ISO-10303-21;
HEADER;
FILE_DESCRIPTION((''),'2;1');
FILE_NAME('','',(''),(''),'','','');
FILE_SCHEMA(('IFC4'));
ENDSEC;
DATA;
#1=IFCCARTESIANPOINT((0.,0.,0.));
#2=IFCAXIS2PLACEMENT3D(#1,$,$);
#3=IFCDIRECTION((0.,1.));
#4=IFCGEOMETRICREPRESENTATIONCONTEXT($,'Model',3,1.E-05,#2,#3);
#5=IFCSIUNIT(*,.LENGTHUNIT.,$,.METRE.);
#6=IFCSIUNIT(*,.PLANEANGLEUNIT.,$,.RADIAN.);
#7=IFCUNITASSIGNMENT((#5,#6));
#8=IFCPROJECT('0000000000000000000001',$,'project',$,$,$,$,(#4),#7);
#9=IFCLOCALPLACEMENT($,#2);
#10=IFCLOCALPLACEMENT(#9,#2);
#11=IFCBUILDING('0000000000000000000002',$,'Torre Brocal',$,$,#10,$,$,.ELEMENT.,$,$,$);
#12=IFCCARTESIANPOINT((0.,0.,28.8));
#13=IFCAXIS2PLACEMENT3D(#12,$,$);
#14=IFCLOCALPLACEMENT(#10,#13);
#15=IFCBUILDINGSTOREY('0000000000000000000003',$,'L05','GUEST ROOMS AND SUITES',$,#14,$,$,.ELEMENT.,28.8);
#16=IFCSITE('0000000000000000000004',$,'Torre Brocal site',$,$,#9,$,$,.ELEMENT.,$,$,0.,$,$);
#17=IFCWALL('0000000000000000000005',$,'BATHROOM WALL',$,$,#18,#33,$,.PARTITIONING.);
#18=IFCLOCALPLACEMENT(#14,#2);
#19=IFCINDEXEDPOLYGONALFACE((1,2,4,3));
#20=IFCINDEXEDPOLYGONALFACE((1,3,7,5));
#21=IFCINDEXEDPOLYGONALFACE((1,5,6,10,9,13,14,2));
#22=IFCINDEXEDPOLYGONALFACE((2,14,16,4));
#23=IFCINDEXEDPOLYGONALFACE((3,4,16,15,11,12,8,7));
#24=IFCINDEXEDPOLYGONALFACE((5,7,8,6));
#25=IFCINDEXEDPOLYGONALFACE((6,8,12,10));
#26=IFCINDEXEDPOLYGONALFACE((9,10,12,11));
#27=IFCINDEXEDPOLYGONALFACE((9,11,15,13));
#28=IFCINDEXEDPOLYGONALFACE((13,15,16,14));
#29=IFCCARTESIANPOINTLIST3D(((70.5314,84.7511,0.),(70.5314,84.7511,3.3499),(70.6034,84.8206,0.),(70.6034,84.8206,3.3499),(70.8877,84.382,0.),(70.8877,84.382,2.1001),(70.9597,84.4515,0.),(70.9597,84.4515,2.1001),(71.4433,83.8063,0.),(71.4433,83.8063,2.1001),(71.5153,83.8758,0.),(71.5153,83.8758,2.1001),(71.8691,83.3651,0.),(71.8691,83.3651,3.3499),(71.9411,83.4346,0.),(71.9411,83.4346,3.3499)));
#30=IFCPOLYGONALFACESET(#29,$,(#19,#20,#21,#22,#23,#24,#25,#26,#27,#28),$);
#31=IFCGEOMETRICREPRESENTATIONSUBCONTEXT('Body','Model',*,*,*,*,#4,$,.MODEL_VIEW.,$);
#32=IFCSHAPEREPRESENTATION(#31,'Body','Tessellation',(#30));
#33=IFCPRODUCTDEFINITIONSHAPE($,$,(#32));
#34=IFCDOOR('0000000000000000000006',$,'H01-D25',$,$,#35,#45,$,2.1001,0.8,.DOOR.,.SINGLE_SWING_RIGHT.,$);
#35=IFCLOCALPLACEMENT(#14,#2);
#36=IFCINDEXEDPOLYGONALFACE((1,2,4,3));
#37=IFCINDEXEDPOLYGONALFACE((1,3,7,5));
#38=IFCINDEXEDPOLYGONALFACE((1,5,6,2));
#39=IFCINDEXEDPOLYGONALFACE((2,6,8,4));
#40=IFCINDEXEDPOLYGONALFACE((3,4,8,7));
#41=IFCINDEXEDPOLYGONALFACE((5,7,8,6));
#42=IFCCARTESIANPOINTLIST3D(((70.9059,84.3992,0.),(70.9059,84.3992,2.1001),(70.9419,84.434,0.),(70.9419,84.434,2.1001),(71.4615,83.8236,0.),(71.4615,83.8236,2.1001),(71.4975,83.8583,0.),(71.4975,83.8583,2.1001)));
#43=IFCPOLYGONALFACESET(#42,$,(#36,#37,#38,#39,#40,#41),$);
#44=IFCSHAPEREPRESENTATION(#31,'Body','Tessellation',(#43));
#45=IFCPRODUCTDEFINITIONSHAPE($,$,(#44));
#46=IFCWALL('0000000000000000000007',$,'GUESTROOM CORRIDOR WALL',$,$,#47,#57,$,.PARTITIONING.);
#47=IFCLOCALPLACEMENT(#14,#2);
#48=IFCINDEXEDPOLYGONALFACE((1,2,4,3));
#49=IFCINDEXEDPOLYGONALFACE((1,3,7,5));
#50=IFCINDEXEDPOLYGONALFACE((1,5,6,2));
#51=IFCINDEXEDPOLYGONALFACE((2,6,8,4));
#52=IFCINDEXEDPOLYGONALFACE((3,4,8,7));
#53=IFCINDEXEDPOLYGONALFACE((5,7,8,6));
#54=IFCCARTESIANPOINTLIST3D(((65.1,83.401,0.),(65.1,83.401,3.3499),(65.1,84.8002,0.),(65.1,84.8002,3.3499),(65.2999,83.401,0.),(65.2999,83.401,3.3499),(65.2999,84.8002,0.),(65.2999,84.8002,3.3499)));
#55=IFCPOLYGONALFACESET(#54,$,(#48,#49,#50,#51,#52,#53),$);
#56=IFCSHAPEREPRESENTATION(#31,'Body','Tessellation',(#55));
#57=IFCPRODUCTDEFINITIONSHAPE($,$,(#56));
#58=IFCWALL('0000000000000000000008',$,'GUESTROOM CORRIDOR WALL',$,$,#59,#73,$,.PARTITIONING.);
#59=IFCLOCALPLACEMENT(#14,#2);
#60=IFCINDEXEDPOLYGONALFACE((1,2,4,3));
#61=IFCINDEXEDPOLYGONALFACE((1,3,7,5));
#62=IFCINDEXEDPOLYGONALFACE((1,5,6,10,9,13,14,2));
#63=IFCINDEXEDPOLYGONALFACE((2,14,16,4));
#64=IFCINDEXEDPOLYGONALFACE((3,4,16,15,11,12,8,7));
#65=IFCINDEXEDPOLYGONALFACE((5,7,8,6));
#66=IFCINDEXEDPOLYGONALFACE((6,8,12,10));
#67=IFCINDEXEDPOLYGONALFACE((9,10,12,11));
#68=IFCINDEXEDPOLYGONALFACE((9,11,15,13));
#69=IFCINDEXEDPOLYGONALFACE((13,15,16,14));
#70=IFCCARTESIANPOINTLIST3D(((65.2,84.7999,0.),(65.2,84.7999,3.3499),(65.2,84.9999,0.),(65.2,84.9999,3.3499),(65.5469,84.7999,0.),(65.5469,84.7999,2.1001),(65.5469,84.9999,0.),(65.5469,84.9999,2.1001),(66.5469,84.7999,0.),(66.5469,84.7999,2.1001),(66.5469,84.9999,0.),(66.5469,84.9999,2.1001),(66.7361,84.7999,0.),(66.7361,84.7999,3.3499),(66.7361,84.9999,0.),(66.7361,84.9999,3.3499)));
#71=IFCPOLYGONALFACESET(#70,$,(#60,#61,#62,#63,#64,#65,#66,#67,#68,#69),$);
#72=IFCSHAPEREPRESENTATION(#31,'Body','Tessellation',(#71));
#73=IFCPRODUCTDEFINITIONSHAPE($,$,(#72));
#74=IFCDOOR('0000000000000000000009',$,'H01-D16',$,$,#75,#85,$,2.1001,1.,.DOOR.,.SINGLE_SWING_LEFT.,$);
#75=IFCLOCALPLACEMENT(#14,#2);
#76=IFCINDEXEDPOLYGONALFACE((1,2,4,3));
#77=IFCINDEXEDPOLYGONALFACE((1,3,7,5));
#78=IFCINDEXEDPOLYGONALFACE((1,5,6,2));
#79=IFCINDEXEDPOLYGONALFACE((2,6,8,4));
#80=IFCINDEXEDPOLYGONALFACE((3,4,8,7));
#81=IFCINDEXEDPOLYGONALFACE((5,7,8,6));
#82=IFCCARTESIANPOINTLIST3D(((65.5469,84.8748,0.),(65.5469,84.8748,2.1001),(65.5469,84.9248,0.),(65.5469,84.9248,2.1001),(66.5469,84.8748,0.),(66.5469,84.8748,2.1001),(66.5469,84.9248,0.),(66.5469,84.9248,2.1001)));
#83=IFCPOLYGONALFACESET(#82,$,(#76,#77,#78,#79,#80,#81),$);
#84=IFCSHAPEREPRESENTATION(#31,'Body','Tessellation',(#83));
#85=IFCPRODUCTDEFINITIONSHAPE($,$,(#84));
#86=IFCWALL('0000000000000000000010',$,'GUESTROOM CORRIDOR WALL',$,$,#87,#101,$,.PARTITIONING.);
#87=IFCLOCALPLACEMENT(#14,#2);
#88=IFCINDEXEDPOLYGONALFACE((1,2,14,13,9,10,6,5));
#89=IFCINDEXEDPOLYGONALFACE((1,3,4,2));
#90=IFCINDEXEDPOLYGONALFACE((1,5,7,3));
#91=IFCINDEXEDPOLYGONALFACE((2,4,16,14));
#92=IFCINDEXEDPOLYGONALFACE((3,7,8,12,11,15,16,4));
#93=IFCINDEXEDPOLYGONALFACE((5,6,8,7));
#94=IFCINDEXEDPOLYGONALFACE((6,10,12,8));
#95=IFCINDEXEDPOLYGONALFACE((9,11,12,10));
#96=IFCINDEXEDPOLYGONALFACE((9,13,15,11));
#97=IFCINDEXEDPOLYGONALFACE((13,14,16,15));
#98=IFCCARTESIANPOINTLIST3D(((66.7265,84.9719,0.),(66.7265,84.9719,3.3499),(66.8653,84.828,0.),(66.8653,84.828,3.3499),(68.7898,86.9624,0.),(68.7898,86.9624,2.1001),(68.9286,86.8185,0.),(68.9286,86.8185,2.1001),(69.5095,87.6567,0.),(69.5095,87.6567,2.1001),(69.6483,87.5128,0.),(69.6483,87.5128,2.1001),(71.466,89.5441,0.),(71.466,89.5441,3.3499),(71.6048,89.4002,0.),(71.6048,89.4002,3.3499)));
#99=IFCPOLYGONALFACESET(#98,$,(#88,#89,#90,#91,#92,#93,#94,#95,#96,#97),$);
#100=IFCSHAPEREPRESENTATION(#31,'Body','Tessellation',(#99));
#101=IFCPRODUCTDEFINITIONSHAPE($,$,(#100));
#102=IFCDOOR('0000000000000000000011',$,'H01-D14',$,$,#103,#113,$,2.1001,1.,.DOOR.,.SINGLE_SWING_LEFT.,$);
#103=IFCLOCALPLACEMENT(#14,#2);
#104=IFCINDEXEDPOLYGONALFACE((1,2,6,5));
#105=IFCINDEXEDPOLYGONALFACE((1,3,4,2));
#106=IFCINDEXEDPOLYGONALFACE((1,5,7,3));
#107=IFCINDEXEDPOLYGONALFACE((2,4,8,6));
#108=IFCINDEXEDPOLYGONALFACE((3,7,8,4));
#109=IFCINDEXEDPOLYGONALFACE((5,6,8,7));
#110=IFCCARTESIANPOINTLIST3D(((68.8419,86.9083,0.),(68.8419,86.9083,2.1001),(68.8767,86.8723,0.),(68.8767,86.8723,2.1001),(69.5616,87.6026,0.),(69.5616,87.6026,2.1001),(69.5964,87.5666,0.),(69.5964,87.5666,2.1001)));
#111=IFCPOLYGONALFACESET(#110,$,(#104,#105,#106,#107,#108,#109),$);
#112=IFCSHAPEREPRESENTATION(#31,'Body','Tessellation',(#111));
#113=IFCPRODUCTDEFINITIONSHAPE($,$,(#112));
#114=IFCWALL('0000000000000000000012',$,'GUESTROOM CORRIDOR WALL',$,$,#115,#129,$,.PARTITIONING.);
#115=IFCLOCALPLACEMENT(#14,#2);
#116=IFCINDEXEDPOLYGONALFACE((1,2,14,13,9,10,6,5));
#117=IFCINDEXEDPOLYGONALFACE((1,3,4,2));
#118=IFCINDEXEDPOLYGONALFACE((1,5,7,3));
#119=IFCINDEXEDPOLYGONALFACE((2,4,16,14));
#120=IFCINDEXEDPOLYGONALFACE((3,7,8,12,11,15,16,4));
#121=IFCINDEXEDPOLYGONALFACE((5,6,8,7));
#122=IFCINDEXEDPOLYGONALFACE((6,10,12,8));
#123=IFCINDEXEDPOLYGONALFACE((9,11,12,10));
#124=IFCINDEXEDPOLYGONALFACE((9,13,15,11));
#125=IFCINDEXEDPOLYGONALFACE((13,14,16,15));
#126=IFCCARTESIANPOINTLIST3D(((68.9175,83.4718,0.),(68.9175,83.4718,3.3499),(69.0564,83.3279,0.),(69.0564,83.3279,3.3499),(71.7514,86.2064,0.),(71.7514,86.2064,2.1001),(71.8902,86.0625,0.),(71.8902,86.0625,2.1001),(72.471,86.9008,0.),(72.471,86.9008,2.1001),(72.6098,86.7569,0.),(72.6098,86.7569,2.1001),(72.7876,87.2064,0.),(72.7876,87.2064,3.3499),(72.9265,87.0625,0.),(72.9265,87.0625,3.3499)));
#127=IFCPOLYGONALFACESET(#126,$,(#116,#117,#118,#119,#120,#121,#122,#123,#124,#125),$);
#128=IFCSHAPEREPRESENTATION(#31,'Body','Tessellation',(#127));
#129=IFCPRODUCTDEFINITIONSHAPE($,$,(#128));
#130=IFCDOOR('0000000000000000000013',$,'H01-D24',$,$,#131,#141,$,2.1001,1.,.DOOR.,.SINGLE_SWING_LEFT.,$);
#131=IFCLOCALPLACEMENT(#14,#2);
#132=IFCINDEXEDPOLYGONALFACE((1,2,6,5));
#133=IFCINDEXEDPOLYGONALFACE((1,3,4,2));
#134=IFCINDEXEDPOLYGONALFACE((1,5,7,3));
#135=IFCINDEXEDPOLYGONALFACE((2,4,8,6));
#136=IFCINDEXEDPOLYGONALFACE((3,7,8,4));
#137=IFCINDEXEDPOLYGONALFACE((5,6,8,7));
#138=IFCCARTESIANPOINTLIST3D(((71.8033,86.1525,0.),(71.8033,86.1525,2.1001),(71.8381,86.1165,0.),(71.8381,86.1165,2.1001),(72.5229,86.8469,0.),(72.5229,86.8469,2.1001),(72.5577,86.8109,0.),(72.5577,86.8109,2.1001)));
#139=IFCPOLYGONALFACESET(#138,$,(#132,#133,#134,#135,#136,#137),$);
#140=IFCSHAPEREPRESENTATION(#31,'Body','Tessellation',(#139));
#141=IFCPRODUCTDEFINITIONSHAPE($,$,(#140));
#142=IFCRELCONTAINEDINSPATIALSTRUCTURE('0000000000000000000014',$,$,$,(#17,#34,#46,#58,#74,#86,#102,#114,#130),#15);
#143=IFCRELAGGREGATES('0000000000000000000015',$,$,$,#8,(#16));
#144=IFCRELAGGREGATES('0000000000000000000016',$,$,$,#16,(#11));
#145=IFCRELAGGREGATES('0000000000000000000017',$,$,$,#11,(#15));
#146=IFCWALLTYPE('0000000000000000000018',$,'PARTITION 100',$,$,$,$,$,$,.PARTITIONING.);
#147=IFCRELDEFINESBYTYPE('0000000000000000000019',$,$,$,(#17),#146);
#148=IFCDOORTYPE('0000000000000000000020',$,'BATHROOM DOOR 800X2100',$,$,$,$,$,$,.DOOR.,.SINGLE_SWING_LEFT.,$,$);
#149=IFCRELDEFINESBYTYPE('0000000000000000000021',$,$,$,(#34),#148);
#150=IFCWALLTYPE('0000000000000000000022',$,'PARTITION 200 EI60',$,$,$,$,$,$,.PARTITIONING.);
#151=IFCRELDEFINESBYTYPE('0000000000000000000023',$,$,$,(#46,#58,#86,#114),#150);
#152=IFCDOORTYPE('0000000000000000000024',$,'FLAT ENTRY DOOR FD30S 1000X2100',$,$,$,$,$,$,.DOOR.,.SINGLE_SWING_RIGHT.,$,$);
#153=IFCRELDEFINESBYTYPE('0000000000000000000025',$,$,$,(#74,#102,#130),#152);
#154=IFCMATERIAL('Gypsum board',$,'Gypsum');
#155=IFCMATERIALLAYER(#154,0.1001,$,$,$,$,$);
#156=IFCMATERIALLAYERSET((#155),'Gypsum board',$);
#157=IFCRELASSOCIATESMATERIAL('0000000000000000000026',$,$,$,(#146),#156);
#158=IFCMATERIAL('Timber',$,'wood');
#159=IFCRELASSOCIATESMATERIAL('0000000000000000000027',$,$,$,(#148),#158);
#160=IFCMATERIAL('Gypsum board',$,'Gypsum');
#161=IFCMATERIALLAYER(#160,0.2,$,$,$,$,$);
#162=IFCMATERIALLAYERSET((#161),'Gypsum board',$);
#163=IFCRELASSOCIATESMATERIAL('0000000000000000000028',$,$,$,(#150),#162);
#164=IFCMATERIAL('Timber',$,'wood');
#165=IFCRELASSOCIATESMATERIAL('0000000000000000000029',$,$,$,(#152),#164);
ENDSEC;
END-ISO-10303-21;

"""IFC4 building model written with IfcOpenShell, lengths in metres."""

from ifc_helpers import new_model, si_unit, direction, frame, frame_2d, origin, place, context, subcontext, project, spatial, rectangle, extrude, material, layer, layer_set, type_object, element, fill, save


model = new_model("IFC4")

# Units and contexts
model_context = context("Model", 3, precision=1e-05, world=origin(), true_north=direction((0.0, 1.0)))
body_context = subcontext(model_context, "Body", "Model", "MODEL_VIEW")
ifc_project = project(units=[si_unit("LENGTHUNIT", "METRE"), si_unit("PLANEANGLEUNIT", "RADIAN")], contexts=[model_context])

# Site, building, storey
site_placement = place(None, origin())
site = spatial("IfcSite", under=ifc_project, at=site_placement, Name="Torre Brocal site", CompositionType="ELEMENT", RefElevation=0.0)
building_placement = place(site_placement, origin())
building = spatial("IfcBuilding", under=site, at=building_placement, Name="Torre Brocal", CompositionType="ELEMENT")
storey_placement = place(building_placement, frame((0.0, 0.0, 28.8)))
storey = spatial("IfcBuildingStorey", under=building, at=storey_placement, Name="L05", Description="GUEST ROOMS AND SUITES", CompositionType="ELEMENT", Elevation=28.8)

# Wall, opening, door
ifc_material_1 = material(Name="Gypsum board", Category="Gypsum")
ifc_layer_1 = layer(ifc_material_1, 0.1001)
ifc_layer_set_1 = layer_set([ifc_layer_1], Name="Gypsum board")
wall_type_1 = type_object("IfcWallType", Name="PARTITION 100", PredefinedType="PARTITIONING", material=ifc_layer_set_1)
wall_1_placement = place(storey_placement, frame((70.5674, 84.7859, 0.0), z_axis=(0.0, 0.0, 1.0), x_axis=(0.694447, -0.719543, 0.0)))
wall_1 = element("IfcWall", 1, at=wall_1_placement, inside=storey, type_object=wall_type_1, Name="BATHROOM WALL", PredefinedType="PARTITIONING", context=body_context, shape_type="SweptSolid", body=[
    extrude(rectangle(XDim=1.9263, YDim=0.1001, at=frame_2d((0.9631, 0.0))), origin(), (0.0, 0.0, 1.0), 3.3499),
])
opening_1_placement = place(wall_1_placement, frame((0.5132, 0.0, 0.0)))
opening_1 = element("IfcOpeningElement", 2, at=opening_1_placement, cuts=wall_1, PredefinedType="OPENING", context=body_context, shape_type="SweptSolid", body=[
    extrude(rectangle(XDim=0.8, YDim=2.1001, at=frame_2d((0.3999, 1.05))), frame((0.0, 0.0601, 0.0), z_axis=(0.0, -1.0, 0.0), x_axis=(1.0, 0.0, 0.0)), (0.0, 0.0, 1.0), 0.1201),
])
ifc_material_2 = material(Name="Timber", Category="wood")
door_type_1 = type_object("IfcDoorType", Name="BATHROOM DOOR 800X2100", OperationType="SINGLE_SWING_LEFT", PredefinedType="DOOR", material=ifc_material_2)
door_1_placement = place(opening_1_placement, frame((0.8, 0.0, 0.0), z_axis=(0.0, 0.0, 1.0), x_axis=(-1.0, 0.0, 0.0)))
door_1 = element("IfcDoor", 3, at=door_1_placement, inside=storey, type_object=door_type_1, Name="H01-D25", OperationType="SINGLE_SWING_RIGHT", OverallHeight=2.1001, OverallWidth=0.8, PredefinedType="DOOR", context=body_context, shape_type="SweptSolid", body=[
    extrude(rectangle(XDim=0.8, YDim=2.1001, at=frame_2d((0.3999, 1.05))), frame((0.0, 0.0249, 0.0), z_axis=(0.0, -1.0, 0.0), x_axis=(1.0, 0.0, 0.0)), (0.0, 0.0, 1.0), 0.05),
])
fill(opening_1, door_1)

# Wall
ifc_material_3 = material(Name="Gypsum board", Category="Gypsum")
ifc_layer_2 = layer(ifc_material_3, 0.2)
ifc_layer_set_2 = layer_set([ifc_layer_2], Name="Gypsum board")
wall_type_2 = type_object("IfcWallType", Name="PARTITION 200 EI60", PredefinedType="PARTITIONING", material=ifc_layer_set_2)
wall_2_placement = place(storey_placement, frame((65.2, 83.4009, 0.0), z_axis=(0.0, 0.0, 1.0), x_axis=(0.0, 1.0, 0.0)))
element("IfcWall", 4, at=wall_2_placement, inside=storey, type_object=wall_type_2, Name="GUESTROOM CORRIDOR WALL", PredefinedType="PARTITIONING", context=body_context, shape_type="SweptSolid", body=[
    extrude(rectangle(XDim=1.3992, YDim=0.2, at=frame_2d((0.6997, 0.0))), origin(), (0.0, 0.0, 1.0), 3.3499),
])

# Walls, openings, doors
wall_3_placement = place(storey_placement, frame((65.2, 84.8999, 0.0), z_axis=(0.0, 0.0, 1.0), x_axis=(1.0, 0.0, 0.0)))
wall_3 = element("IfcWall", 5, at=wall_3_placement, inside=storey, type_object=wall_type_2, Name="GUESTROOM CORRIDOR WALL", PredefinedType="PARTITIONING", context=body_context, shape_type="SweptSolid", body=[
    extrude(rectangle(XDim=1.5361, YDim=0.2, at=frame_2d((0.7681, 0.0))), origin(), (0.0, 0.0, 1.0), 3.3499),
])
opening_2_placement = place(wall_3_placement, frame((0.3469, 0.0, 0.0)))
opening_2 = element("IfcOpeningElement", 6, at=opening_2_placement, cuts=wall_3, PredefinedType="OPENING", context=body_context, shape_type="SweptSolid", body=[
    extrude(rectangle(XDim=1.0, YDim=2.1001, at=frame_2d((0.5, 1.05))), frame((0.0, 0.1099, 0.0), z_axis=(0.0, -1.0, 0.0), x_axis=(1.0, 0.0, 0.0)), (0.0, 0.0, 1.0), 0.22),
])
ifc_material_4 = material(Name="Timber", Category="wood")
door_type_2 = type_object("IfcDoorType", Name="FLAT ENTRY DOOR FD30S 1000X2100", OperationType="SINGLE_SWING_RIGHT", PredefinedType="DOOR", material=ifc_material_4)
door_2_placement = place(opening_2_placement, origin())
door_2 = element("IfcDoor", 7, at=door_2_placement, inside=storey, type_object=door_type_2, Name="H01-D16", OperationType="SINGLE_SWING_LEFT", OverallHeight=2.1001, OverallWidth=1.0, PredefinedType="DOOR", context=body_context, shape_type="SweptSolid", body=[
    extrude(rectangle(XDim=1.0, YDim=2.1001, at=frame_2d((0.5, 1.05))), frame((0.0, 0.0249, 0.0), z_axis=(0.0, -1.0, 0.0), x_axis=(1.0, 0.0, 0.0)), (0.0, 0.0, 1.0), 0.05),
])
fill(opening_2, door_2)
wall_4_placement = place(storey_placement, frame((66.7959, 84.8999, 0.0), z_axis=(0.0, 0.0, 1.0), x_axis=(0.71969, 0.694295, 0.0)))
wall_4 = element("IfcWall", 8, at=wall_4_placement, inside=storey, type_object=wall_type_2, Name="GUESTROOM CORRIDOR WALL", PredefinedType="PARTITIONING", context=body_context, shape_type="SweptSolid", body=[
    extrude(rectangle(XDim=6.5854, YDim=0.2, at=frame_2d((3.2927, 0.0))), origin(), (0.0, 0.0, 1.0), 3.3499),
])
opening_3_placement = place(wall_4_placement, frame((2.8669, 0.0, 0.0)))
opening_3 = element("IfcOpeningElement", 9, at=opening_3_placement, cuts=wall_4, PredefinedType="OPENING", context=body_context, shape_type="SweptSolid", body=[
    extrude(rectangle(XDim=1.0, YDim=2.1001, at=frame_2d((0.5, 1.05))), frame((0.0, 0.1099, 0.0), z_axis=(0.0, -1.0, 0.0), x_axis=(1.0, 0.0, 0.0)), (0.0, 0.0, 1.0), 0.22),
])
door_3_placement = place(opening_3_placement, origin())
door_3 = element("IfcDoor", 10, at=door_3_placement, inside=storey, type_object=door_type_2, Name="H01-D14", OperationType="SINGLE_SWING_LEFT", OverallHeight=2.1001, OverallWidth=1.0, PredefinedType="DOOR", context=body_context, shape_type="SweptSolid", body=[
    extrude(rectangle(XDim=1.0, YDim=2.1001, at=frame_2d((0.5, 1.05))), frame((0.0, 0.0249, 0.0), z_axis=(0.0, -1.0, 0.0), x_axis=(1.0, 0.0, 0.0)), (0.0, 0.0, 1.0), 0.05),
])
fill(opening_3, door_3)
wall_5_placement = place(storey_placement, frame((68.9871, 83.3999, 0.0), z_axis=(0.0, 0.0, 1.0), x_axis=(0.719592, 0.694398, 0.0)))
wall_5 = element("IfcWall", 11, at=wall_5_placement, inside=storey, type_object=wall_type_2, Name="GUESTROOM CORRIDOR WALL", PredefinedType="PARTITIONING", context=body_context, shape_type="SweptSolid", body=[
    extrude(rectangle(XDim=5.3782, YDim=0.2, at=frame_2d((2.689, 0.0))), origin(), (0.0, 0.0, 1.0), 3.3499),
])
opening_4_placement = place(wall_5_placement, frame((3.938, 0.0, 0.0)))
opening_4 = element("IfcOpeningElement", 12, at=opening_4_placement, cuts=wall_5, PredefinedType="OPENING", context=body_context, shape_type="SweptSolid", body=[
    extrude(rectangle(XDim=1.0, YDim=2.1001, at=frame_2d((0.5, 1.05))), frame((0.0, 0.1099, 0.0), z_axis=(0.0, -1.0, 0.0), x_axis=(1.0, 0.0, 0.0)), (0.0, 0.0, 1.0), 0.22),
])
door_4_placement = place(opening_4_placement, frame((1.0, 0.0, 0.0), z_axis=(0.0, 0.0, 1.0), x_axis=(-1.0, 0.0, 0.0)))
door_4 = element("IfcDoor", 13, at=door_4_placement, inside=storey, type_object=door_type_2, Name="H01-D24", OperationType="SINGLE_SWING_LEFT", OverallHeight=2.1001, OverallWidth=1.0, PredefinedType="DOOR", context=body_context, shape_type="SweptSolid", body=[
    extrude(rectangle(XDim=1.0, YDim=2.1001, at=frame_2d((0.5, 1.05))), frame((0.0, 0.0249, 0.0), z_axis=(0.0, -1.0, 0.0), x_axis=(1.0, 0.0, 0.0)), (0.0, 0.0, 1.0), 0.05),
])
fill(opening_4, door_4)

save(model, "model.ifc")
